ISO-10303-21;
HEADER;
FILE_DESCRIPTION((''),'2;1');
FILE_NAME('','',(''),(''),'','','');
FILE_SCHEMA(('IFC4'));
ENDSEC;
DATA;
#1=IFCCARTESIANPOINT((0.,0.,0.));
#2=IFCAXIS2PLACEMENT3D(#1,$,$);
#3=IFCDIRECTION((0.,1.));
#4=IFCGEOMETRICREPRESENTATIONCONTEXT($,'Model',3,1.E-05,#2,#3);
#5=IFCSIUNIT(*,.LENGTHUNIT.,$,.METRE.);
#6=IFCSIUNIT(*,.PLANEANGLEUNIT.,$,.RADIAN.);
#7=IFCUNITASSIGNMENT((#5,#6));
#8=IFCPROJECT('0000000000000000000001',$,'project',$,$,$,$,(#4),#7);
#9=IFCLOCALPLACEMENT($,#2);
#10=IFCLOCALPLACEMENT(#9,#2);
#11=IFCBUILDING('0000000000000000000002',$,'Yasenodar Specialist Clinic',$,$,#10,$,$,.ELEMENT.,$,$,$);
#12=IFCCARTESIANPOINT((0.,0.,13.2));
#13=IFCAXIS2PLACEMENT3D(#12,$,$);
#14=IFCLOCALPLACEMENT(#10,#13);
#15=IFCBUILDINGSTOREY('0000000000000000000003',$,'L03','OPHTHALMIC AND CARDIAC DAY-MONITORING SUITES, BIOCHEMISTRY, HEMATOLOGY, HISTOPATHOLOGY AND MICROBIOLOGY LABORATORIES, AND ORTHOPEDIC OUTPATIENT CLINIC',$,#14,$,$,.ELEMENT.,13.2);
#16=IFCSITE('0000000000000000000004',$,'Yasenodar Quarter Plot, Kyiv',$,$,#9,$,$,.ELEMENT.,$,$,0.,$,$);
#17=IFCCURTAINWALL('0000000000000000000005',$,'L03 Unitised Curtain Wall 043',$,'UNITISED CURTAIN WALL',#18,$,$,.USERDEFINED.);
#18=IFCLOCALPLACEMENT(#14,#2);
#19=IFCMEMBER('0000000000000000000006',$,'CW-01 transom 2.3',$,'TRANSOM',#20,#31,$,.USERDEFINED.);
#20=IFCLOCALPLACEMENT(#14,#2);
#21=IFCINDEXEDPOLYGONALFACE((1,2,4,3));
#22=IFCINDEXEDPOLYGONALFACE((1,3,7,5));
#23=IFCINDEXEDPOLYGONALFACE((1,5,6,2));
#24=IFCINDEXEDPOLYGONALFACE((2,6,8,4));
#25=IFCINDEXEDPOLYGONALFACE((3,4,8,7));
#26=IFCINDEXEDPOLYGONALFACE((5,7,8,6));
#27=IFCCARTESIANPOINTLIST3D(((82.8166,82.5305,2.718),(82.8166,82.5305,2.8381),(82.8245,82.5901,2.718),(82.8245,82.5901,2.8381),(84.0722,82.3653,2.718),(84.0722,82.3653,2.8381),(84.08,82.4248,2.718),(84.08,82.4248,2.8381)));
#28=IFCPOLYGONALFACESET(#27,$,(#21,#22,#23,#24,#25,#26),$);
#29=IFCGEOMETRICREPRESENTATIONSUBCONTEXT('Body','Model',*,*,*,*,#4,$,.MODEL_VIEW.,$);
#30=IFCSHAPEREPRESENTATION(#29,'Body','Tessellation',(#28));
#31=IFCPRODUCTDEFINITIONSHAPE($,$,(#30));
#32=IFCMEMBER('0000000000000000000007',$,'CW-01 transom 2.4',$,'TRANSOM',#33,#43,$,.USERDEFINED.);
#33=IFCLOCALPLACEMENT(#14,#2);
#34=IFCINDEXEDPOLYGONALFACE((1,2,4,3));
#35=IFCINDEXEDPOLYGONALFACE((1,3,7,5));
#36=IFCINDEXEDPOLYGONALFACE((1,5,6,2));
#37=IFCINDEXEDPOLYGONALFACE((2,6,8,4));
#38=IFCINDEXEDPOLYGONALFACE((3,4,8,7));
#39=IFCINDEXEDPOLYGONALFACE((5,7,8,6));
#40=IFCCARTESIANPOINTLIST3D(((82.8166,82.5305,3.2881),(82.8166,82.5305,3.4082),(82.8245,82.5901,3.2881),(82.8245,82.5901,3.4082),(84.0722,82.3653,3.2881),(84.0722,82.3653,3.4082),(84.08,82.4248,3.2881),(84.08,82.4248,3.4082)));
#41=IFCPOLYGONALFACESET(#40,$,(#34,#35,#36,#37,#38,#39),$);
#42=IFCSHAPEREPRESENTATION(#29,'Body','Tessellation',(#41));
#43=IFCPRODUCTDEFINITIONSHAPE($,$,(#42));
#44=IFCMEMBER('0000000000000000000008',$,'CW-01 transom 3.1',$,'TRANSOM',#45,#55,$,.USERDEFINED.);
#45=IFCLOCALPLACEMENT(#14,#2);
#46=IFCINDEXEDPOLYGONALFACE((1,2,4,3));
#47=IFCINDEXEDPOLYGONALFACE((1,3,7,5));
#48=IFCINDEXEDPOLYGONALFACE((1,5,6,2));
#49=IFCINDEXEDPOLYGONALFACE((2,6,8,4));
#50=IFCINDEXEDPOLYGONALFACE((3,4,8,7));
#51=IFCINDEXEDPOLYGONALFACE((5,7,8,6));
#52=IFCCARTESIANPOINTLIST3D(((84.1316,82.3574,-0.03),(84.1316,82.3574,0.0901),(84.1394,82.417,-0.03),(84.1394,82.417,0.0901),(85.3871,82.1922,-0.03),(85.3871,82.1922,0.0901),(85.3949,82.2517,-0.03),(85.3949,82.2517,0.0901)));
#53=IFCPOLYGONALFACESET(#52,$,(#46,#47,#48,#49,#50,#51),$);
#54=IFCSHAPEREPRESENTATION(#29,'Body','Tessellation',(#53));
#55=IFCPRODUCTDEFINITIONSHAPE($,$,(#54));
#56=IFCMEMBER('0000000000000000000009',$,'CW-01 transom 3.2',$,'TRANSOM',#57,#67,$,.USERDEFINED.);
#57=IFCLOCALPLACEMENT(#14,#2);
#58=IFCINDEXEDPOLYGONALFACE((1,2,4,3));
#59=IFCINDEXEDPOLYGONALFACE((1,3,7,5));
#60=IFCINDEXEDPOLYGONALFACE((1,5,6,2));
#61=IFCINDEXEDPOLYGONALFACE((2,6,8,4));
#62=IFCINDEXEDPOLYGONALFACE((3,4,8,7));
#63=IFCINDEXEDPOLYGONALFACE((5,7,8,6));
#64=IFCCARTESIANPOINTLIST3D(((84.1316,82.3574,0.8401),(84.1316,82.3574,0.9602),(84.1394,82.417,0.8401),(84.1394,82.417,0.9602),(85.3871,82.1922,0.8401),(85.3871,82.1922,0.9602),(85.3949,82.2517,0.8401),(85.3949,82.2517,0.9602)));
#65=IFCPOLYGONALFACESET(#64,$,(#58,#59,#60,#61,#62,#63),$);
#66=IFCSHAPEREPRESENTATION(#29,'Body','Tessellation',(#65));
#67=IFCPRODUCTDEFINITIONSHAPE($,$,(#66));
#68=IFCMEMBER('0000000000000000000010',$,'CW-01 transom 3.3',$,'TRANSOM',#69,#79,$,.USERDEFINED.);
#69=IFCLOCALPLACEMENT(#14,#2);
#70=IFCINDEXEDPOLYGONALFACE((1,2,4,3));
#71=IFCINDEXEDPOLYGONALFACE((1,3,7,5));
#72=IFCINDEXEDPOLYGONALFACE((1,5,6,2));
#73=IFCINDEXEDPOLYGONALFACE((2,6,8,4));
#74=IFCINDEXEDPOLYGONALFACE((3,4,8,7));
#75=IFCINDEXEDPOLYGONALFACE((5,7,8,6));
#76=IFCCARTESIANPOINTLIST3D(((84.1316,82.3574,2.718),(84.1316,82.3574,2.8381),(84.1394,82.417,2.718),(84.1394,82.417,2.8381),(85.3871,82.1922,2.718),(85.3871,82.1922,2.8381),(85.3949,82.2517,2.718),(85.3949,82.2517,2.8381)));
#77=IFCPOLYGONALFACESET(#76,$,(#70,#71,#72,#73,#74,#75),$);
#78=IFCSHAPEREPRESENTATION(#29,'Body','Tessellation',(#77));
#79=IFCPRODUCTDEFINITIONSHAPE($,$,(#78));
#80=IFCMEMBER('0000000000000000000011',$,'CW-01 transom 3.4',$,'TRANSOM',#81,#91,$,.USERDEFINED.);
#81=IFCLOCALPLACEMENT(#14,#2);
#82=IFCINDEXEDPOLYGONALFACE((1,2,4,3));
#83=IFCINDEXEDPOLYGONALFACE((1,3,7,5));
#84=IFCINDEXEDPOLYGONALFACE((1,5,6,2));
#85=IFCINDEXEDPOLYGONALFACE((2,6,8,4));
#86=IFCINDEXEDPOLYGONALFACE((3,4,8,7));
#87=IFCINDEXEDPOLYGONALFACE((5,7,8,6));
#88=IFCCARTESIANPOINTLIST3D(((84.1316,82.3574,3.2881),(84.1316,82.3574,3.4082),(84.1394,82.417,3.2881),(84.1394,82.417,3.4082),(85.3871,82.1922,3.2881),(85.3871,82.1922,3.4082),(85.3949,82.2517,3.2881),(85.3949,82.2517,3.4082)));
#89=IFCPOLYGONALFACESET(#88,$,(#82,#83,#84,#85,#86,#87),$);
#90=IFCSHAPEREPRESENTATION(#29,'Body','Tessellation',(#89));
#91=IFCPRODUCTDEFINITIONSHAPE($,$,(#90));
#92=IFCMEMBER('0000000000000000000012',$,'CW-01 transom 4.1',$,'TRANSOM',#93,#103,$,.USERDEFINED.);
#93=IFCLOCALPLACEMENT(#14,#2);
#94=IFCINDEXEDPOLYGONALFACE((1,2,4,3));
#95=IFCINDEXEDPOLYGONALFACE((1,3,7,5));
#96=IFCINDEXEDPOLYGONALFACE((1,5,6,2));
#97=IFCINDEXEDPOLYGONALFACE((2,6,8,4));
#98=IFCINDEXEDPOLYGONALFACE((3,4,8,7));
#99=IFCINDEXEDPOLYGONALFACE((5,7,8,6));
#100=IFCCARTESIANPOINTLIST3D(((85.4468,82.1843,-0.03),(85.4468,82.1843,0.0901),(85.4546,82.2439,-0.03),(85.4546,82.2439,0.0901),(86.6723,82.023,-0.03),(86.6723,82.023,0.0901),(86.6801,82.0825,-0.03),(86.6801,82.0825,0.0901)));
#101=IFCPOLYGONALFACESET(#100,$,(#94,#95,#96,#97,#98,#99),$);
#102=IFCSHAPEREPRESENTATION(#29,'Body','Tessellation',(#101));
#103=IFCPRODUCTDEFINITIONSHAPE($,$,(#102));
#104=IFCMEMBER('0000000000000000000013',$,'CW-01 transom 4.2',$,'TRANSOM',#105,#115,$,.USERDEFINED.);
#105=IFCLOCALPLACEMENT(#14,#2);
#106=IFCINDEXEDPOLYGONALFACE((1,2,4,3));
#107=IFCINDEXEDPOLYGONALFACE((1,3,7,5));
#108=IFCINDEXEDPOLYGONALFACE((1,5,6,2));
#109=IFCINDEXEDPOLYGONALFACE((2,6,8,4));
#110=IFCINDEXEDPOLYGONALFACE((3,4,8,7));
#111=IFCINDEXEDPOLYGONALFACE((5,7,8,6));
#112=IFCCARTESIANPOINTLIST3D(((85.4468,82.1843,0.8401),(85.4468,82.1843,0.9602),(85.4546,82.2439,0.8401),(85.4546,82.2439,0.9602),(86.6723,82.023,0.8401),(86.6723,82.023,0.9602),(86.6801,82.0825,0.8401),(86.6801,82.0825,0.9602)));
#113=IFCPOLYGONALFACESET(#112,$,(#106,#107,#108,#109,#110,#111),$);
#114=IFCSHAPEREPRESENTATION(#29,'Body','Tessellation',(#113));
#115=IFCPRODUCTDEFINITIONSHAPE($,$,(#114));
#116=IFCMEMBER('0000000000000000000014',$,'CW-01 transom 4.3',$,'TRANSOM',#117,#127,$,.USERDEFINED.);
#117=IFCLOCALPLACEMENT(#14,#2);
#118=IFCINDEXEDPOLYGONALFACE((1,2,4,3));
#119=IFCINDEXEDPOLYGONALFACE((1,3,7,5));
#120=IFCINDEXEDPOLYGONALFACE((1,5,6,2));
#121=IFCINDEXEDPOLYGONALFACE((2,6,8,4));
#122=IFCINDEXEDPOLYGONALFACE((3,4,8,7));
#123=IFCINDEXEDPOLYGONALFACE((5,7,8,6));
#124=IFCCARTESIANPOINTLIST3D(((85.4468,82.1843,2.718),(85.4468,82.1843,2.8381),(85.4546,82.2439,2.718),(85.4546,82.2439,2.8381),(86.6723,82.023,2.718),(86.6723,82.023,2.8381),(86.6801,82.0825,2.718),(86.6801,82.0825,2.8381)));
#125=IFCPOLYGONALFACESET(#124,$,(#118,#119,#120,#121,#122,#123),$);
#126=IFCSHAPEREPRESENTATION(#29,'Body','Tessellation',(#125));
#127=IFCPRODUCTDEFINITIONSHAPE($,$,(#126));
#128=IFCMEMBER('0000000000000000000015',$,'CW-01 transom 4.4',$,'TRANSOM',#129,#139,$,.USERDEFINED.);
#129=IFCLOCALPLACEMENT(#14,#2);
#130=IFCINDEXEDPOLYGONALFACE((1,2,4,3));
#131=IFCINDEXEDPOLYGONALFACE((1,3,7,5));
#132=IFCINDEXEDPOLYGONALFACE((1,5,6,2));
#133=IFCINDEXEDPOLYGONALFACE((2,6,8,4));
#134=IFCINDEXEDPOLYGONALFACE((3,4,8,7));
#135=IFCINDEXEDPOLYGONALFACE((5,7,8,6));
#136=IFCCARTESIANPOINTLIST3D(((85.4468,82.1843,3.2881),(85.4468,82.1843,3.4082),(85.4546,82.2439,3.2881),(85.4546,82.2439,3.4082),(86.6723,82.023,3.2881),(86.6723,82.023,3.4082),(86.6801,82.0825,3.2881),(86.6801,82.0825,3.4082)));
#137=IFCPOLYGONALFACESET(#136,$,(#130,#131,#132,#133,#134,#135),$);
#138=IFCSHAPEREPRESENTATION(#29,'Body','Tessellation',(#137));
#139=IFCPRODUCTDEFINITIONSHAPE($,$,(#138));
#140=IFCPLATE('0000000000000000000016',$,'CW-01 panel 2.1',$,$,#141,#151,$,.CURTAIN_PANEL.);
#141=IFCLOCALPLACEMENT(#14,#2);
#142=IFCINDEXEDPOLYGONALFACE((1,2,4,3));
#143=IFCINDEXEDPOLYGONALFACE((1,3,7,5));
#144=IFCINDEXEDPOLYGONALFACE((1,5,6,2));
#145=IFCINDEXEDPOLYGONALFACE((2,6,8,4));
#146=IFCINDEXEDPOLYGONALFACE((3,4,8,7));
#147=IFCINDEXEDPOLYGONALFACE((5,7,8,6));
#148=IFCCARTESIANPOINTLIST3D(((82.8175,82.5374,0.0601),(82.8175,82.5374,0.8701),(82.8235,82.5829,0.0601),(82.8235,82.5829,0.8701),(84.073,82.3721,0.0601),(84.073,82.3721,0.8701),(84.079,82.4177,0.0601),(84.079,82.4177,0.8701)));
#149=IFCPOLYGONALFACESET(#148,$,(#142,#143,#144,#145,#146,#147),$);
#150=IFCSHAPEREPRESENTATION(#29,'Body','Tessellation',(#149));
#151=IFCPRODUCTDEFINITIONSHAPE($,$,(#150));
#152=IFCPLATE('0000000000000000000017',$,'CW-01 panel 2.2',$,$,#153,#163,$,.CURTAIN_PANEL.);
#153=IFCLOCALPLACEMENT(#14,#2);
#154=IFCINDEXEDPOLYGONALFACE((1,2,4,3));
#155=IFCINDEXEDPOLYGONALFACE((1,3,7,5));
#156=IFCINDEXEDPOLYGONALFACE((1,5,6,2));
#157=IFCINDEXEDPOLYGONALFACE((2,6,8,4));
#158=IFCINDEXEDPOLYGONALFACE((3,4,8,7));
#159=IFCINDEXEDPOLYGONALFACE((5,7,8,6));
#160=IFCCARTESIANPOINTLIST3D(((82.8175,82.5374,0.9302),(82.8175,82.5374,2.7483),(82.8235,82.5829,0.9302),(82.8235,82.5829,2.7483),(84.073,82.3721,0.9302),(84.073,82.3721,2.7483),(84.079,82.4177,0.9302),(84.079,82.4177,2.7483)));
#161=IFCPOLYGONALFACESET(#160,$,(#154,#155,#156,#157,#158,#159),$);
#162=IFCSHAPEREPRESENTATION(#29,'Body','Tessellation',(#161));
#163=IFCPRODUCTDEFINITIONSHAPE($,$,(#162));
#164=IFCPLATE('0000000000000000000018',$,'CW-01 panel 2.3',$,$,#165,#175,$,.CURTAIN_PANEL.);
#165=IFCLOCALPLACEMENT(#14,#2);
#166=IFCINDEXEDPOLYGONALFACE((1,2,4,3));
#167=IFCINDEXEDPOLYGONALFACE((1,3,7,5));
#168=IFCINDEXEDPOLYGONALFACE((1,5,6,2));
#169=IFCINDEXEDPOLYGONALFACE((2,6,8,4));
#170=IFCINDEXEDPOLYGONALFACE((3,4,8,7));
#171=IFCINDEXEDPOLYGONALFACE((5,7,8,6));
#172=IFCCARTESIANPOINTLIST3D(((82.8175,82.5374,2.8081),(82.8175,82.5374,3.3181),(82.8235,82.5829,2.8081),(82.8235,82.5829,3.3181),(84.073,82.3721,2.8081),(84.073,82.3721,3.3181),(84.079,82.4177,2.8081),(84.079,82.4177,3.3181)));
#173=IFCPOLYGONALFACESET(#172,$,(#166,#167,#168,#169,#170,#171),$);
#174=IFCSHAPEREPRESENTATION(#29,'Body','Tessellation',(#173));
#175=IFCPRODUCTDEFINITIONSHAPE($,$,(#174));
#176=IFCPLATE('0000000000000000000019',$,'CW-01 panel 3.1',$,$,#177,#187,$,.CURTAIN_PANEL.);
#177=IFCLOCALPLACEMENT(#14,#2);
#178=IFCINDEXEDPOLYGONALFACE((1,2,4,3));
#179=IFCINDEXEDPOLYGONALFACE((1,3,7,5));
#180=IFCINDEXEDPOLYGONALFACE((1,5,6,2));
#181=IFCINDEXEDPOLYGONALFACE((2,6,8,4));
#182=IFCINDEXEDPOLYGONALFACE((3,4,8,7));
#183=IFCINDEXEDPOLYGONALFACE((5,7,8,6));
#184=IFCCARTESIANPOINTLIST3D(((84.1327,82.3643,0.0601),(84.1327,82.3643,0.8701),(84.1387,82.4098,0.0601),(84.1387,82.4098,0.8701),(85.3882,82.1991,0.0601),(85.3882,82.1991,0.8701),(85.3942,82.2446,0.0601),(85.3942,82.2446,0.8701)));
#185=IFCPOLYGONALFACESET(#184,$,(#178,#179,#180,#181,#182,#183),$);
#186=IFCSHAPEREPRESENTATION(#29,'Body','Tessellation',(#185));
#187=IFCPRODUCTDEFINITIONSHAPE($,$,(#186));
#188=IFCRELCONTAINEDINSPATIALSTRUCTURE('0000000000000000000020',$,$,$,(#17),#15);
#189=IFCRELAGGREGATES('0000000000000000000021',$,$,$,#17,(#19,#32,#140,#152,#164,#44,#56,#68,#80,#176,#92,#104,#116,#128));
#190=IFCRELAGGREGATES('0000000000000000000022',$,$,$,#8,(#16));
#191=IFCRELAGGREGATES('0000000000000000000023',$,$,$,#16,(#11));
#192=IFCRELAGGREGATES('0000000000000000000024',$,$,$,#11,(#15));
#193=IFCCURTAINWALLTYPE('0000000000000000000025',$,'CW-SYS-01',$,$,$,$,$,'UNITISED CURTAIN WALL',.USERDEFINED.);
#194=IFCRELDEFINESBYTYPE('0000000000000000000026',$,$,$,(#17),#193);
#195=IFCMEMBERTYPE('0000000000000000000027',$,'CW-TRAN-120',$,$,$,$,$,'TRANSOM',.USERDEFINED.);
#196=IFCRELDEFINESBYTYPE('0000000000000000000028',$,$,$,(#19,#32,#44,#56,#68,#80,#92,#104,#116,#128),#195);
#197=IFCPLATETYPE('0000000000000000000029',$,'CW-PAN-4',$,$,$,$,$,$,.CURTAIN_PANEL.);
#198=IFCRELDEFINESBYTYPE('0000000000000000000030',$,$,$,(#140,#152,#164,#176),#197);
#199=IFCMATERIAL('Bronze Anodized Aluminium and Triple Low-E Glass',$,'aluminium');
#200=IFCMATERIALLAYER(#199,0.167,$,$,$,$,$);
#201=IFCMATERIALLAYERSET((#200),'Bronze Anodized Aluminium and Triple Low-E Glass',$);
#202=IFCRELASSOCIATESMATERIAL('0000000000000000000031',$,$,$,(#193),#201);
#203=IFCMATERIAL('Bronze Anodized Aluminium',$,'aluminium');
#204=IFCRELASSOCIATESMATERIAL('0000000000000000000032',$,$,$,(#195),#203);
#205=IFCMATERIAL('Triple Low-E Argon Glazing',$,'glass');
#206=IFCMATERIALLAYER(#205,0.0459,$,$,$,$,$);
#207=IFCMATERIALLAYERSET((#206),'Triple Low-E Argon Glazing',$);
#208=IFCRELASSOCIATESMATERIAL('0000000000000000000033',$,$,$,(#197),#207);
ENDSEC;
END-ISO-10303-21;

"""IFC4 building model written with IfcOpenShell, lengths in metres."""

from ifc_helpers import new_model, si_unit, direction, frame, origin, origin_2d, place, context, subcontext, project, spatial, rectangle, extrude, material, layer, layer_set, material_profile, profile_set, type_object, element, aggregate, save


model = new_model("IFC4")

# Units and contexts
model_context = context("Model", 3, precision=1e-05, world=origin(), true_north=direction((0.0, 1.0)))
body_context = subcontext(model_context, "Body", "Model", "MODEL_VIEW")
ifc_project = project(units=[si_unit("LENGTHUNIT", "METRE"), si_unit("PLANEANGLEUNIT", "RADIAN")], contexts=[model_context])

# Site, building, storey
site_placement = place(None, origin())
site = spatial("IfcSite", under=ifc_project, at=site_placement, Name="Yasenodar Quarter Plot, Kyiv", CompositionType="ELEMENT", RefElevation=0.0)
building_placement = place(site_placement, origin())
building = spatial("IfcBuilding", under=site, at=building_placement, Name="Yasenodar Specialist Clinic", CompositionType="ELEMENT")
storey_placement = place(building_placement, frame((0.0, 0.0, 13.2)))
storey = spatial("IfcBuildingStorey", under=building, at=storey_placement, Name="L03", Description="OPHTHALMIC AND CARDIAC DAY-MONITORING SUITES, BIOCHEMISTRY, HEMATOLOGY, HISTOPATHOLOGY AND MICROBIOLOGY LABORATORIES, AND ORTHOPEDIC OUTPATIENT CLINIC", CompositionType="ELEMENT", Elevation=13.2)

# Curtain wall, members, plates
ifc_material_1 = material(Name="Bronze Anodized Aluminium and Triple Low-E Glass", Category="aluminium")
ifc_layer_1 = layer(ifc_material_1, 0.167)
ifc_layer_set_1 = layer_set([ifc_layer_1], Name="Bronze Anodized Aluminium and Triple Low-E Glass")
curtain_wall_type = type_object("IfcCurtainWallType", Name="CW-SYS-01", ElementType="UNITISED CURTAIN WALL", PredefinedType="USERDEFINED", material=ifc_layer_set_1)
curtain_wall_placement = place(storey_placement, origin())
curtain_wall = element("IfcCurtainWall", 1, at=curtain_wall_placement, inside=storey, type_object=curtain_wall_type, Name="L03 Unitised Curtain Wall 043", ObjectType="UNITISED CURTAIN WALL", PredefinedType="USERDEFINED")
ifc_material_2 = material(Name="Bronze Anodized Aluminium", Category="aluminium")
ifc_material_profile_1 = material_profile(ifc_material_2, rectangle(XDim=0.0601, YDim=0.1201, at=origin_2d()), Name="CW-TRAN 60x120")
ifc_profile_set_1 = profile_set([ifc_material_profile_1], Name="Bronze Anodized Aluminium")
member_type_1 = type_object("IfcMemberType", Name="CW-TRAN-120", ElementType="TRANSOM", PredefinedType="USERDEFINED", material=ifc_profile_set_1)
member_1_placement = place(storey_placement, frame((82.8206, 82.5603, 2.7781), z_axis=(0.991447, -0.130509, 0.0), x_axis=(0.130509, 0.991447, 0.0)))
member_1 = element("IfcMember", 2, at=member_1_placement, type_object=member_type_1, Name="CW-01 transom 2.3", ObjectType="TRANSOM", PredefinedType="USERDEFINED", context=body_context, shape_type="SweptSolid", body=[
    extrude(rectangle(XDim=0.0601, YDim=0.1201, at=origin_2d()), origin(), (0.0, 0.0, 1.0), 1.2664),
])
member_2_placement = place(storey_placement, frame((82.8206, 82.5603, 3.3481), z_axis=(0.991447, -0.130509, 0.0), x_axis=(0.130509, 0.991447, 0.0)))
member_2 = element("IfcMember", 3, at=member_2_placement, type_object=member_type_1, Name="CW-01 transom 2.4", ObjectType="TRANSOM", PredefinedType="USERDEFINED", context=body_context, shape_type="SweptSolid", body=[
    extrude(rectangle(XDim=0.0601, YDim=0.1201, at=origin_2d()), origin(), (0.0, 0.0, 1.0), 1.2664),
])
member_3_placement = place(storey_placement, frame((84.1355, 82.3872, 0.03), z_axis=(0.991447, -0.130509, 0.0), x_axis=(0.130509, 0.991447, 0.0)))
member_3 = element("IfcMember", 4, at=member_3_placement, type_object=member_type_1, Name="CW-01 transom 3.1", ObjectType="TRANSOM", PredefinedType="USERDEFINED", context=body_context, shape_type="SweptSolid", body=[
    extrude(rectangle(XDim=0.0601, YDim=0.1201, at=origin_2d()), origin(), (0.0, 0.0, 1.0), 1.2664),
])
member_4_placement = place(storey_placement, frame((84.1355, 82.3872, 0.9001), z_axis=(0.991447, -0.130509, 0.0), x_axis=(0.130509, 0.991447, 0.0)))
member_4 = element("IfcMember", 5, at=member_4_placement, type_object=member_type_1, Name="CW-01 transom 3.2", ObjectType="TRANSOM", PredefinedType="USERDEFINED", context=body_context, shape_type="SweptSolid", body=[
    extrude(rectangle(XDim=0.0601, YDim=0.1201, at=origin_2d()), origin(), (0.0, 0.0, 1.0), 1.2664),
])
member_5_placement = place(storey_placement, frame((84.1355, 82.3872, 2.7781), z_axis=(0.991447, -0.130509, 0.0), x_axis=(0.130509, 0.991447, 0.0)))
member_5 = element("IfcMember", 6, at=member_5_placement, type_object=member_type_1, Name="CW-01 transom 3.3", ObjectType="TRANSOM", PredefinedType="USERDEFINED", context=body_context, shape_type="SweptSolid", body=[
    extrude(rectangle(XDim=0.0601, YDim=0.1201, at=origin_2d()), origin(), (0.0, 0.0, 1.0), 1.2664),
])
member_6_placement = place(storey_placement, frame((84.1355, 82.3872, 3.3481), z_axis=(0.991447, -0.130509, 0.0), x_axis=(0.130509, 0.991447, 0.0)))
member_6 = element("IfcMember", 7, at=member_6_placement, type_object=member_type_1, Name="CW-01 transom 3.4", ObjectType="TRANSOM", PredefinedType="USERDEFINED", context=body_context, shape_type="SweptSolid", body=[
    extrude(rectangle(XDim=0.0601, YDim=0.1201, at=origin_2d()), origin(), (0.0, 0.0, 1.0), 1.2664),
])
member_7_placement = place(storey_placement, frame((85.4507, 82.2141, 0.03), z_axis=(0.991442, -0.130546, 0.0), x_axis=(0.130546, 0.991442, 0.0)))
member_7 = element("IfcMember", 8, at=member_7_placement, type_object=member_type_1, Name="CW-01 transom 4.1", ObjectType="TRANSOM", PredefinedType="USERDEFINED", context=body_context, shape_type="SweptSolid", body=[
    extrude(rectangle(XDim=0.0601, YDim=0.1201, at=origin_2d()), origin(), (0.0, 0.0, 1.0), 1.2361),
])
member_8_placement = place(storey_placement, frame((85.4507, 82.2141, 0.9001), z_axis=(0.991442, -0.130546, 0.0), x_axis=(0.130546, 0.991442, 0.0)))
member_8 = element("IfcMember", 9, at=member_8_placement, type_object=member_type_1, Name="CW-01 transom 4.2", ObjectType="TRANSOM", PredefinedType="USERDEFINED", context=body_context, shape_type="SweptSolid", body=[
    extrude(rectangle(XDim=0.0601, YDim=0.1201, at=origin_2d()), origin(), (0.0, 0.0, 1.0), 1.2361),
])
member_9_placement = place(storey_placement, frame((85.4507, 82.2141, 2.7781), z_axis=(0.991442, -0.130546, 0.0), x_axis=(0.130546, 0.991442, 0.0)))
member_9 = element("IfcMember", 10, at=member_9_placement, type_object=member_type_1, Name="CW-01 transom 4.3", ObjectType="TRANSOM", PredefinedType="USERDEFINED", context=body_context, shape_type="SweptSolid", body=[
    extrude(rectangle(XDim=0.0601, YDim=0.1201, at=origin_2d()), origin(), (0.0, 0.0, 1.0), 1.2361),
])
member_10_placement = place(storey_placement, frame((85.4507, 82.2141, 3.3481), z_axis=(0.991442, -0.130546, 0.0), x_axis=(0.130546, 0.991442, 0.0)))
member_10 = element("IfcMember", 11, at=member_10_placement, type_object=member_type_1, Name="CW-01 transom 4.4", ObjectType="TRANSOM", PredefinedType="USERDEFINED", context=body_context, shape_type="SweptSolid", body=[
    extrude(rectangle(XDim=0.0601, YDim=0.1201, at=origin_2d()), origin(), (0.0, 0.0, 1.0), 1.2361),
])
ifc_material_3 = material(Name="Triple Low-E Argon Glazing", Category="glass")
ifc_layer_2 = layer(ifc_material_3, 0.0459)
ifc_layer_set_2 = layer_set([ifc_layer_2], Name="Triple Low-E Argon Glazing")
plate_type = type_object("IfcPlateType", Name="CW-PAN-4", PredefinedType="CURTAIN_PANEL", material=ifc_layer_set_2)
plate_1_placement = place(storey_placement, frame((83.4482, 82.4775, 0.0601), z_axis=(0.0, 0.0, 1.0), x_axis=(0.991447, -0.130512, 0.0)))
plate_1 = element("IfcPlate", 12, at=plate_1_placement, type_object=plate_type, Name="CW-01 panel 2.1", PredefinedType="CURTAIN_PANEL", context=body_context, shape_type="SweptSolid", body=[
    extrude(rectangle(XDim=1.2664, YDim=0.0459, at=origin_2d()), origin(), (0.0, 0.0, 1.0), 0.8101),
])
plate_2_placement = place(storey_placement, frame((83.4482, 82.4775, 0.9302), z_axis=(0.0, 0.0, 1.0), x_axis=(0.991447, -0.130512, 0.0)))
plate_2 = element("IfcPlate", 13, at=plate_2_placement, type_object=plate_type, Name="CW-01 panel 2.2", PredefinedType="CURTAIN_PANEL", context=body_context, shape_type="SweptSolid", body=[
    extrude(rectangle(XDim=1.2664, YDim=0.0459, at=origin_2d()), origin(), (0.0, 0.0, 1.0), 1.8181),
])
plate_3_placement = place(storey_placement, frame((83.4482, 82.4775, 2.8081), z_axis=(0.0, 0.0, 1.0), x_axis=(0.991447, -0.130512, 0.0)))
plate_3 = element("IfcPlate", 14, at=plate_3_placement, type_object=plate_type, Name="CW-01 panel 2.3", PredefinedType="CURTAIN_PANEL", context=body_context, shape_type="SweptSolid", body=[
    extrude(rectangle(XDim=1.2664, YDim=0.0459, at=origin_2d()), origin(), (0.0, 0.0, 1.0), 0.51),
])
plate_4_placement = place(storey_placement, frame((84.7634, 82.3044, 0.0601), z_axis=(0.0, 0.0, 1.0), x_axis=(0.991447, -0.130512, 0.0)))
plate_4 = element("IfcPlate", 15, at=plate_4_placement, type_object=plate_type, Name="CW-01 panel 3.1", PredefinedType="CURTAIN_PANEL", context=body_context, shape_type="SweptSolid", body=[
    extrude(rectangle(XDim=1.2664, YDim=0.0459, at=origin_2d()), origin(), (0.0, 0.0, 1.0), 0.8101),
])
aggregate(curtain_wall, [member_1, member_2, plate_1, plate_2, plate_3, member_3, member_4, member_5, member_6, plate_4, member_7, member_8, member_9, member_10])

save(model, "model.ifc")
